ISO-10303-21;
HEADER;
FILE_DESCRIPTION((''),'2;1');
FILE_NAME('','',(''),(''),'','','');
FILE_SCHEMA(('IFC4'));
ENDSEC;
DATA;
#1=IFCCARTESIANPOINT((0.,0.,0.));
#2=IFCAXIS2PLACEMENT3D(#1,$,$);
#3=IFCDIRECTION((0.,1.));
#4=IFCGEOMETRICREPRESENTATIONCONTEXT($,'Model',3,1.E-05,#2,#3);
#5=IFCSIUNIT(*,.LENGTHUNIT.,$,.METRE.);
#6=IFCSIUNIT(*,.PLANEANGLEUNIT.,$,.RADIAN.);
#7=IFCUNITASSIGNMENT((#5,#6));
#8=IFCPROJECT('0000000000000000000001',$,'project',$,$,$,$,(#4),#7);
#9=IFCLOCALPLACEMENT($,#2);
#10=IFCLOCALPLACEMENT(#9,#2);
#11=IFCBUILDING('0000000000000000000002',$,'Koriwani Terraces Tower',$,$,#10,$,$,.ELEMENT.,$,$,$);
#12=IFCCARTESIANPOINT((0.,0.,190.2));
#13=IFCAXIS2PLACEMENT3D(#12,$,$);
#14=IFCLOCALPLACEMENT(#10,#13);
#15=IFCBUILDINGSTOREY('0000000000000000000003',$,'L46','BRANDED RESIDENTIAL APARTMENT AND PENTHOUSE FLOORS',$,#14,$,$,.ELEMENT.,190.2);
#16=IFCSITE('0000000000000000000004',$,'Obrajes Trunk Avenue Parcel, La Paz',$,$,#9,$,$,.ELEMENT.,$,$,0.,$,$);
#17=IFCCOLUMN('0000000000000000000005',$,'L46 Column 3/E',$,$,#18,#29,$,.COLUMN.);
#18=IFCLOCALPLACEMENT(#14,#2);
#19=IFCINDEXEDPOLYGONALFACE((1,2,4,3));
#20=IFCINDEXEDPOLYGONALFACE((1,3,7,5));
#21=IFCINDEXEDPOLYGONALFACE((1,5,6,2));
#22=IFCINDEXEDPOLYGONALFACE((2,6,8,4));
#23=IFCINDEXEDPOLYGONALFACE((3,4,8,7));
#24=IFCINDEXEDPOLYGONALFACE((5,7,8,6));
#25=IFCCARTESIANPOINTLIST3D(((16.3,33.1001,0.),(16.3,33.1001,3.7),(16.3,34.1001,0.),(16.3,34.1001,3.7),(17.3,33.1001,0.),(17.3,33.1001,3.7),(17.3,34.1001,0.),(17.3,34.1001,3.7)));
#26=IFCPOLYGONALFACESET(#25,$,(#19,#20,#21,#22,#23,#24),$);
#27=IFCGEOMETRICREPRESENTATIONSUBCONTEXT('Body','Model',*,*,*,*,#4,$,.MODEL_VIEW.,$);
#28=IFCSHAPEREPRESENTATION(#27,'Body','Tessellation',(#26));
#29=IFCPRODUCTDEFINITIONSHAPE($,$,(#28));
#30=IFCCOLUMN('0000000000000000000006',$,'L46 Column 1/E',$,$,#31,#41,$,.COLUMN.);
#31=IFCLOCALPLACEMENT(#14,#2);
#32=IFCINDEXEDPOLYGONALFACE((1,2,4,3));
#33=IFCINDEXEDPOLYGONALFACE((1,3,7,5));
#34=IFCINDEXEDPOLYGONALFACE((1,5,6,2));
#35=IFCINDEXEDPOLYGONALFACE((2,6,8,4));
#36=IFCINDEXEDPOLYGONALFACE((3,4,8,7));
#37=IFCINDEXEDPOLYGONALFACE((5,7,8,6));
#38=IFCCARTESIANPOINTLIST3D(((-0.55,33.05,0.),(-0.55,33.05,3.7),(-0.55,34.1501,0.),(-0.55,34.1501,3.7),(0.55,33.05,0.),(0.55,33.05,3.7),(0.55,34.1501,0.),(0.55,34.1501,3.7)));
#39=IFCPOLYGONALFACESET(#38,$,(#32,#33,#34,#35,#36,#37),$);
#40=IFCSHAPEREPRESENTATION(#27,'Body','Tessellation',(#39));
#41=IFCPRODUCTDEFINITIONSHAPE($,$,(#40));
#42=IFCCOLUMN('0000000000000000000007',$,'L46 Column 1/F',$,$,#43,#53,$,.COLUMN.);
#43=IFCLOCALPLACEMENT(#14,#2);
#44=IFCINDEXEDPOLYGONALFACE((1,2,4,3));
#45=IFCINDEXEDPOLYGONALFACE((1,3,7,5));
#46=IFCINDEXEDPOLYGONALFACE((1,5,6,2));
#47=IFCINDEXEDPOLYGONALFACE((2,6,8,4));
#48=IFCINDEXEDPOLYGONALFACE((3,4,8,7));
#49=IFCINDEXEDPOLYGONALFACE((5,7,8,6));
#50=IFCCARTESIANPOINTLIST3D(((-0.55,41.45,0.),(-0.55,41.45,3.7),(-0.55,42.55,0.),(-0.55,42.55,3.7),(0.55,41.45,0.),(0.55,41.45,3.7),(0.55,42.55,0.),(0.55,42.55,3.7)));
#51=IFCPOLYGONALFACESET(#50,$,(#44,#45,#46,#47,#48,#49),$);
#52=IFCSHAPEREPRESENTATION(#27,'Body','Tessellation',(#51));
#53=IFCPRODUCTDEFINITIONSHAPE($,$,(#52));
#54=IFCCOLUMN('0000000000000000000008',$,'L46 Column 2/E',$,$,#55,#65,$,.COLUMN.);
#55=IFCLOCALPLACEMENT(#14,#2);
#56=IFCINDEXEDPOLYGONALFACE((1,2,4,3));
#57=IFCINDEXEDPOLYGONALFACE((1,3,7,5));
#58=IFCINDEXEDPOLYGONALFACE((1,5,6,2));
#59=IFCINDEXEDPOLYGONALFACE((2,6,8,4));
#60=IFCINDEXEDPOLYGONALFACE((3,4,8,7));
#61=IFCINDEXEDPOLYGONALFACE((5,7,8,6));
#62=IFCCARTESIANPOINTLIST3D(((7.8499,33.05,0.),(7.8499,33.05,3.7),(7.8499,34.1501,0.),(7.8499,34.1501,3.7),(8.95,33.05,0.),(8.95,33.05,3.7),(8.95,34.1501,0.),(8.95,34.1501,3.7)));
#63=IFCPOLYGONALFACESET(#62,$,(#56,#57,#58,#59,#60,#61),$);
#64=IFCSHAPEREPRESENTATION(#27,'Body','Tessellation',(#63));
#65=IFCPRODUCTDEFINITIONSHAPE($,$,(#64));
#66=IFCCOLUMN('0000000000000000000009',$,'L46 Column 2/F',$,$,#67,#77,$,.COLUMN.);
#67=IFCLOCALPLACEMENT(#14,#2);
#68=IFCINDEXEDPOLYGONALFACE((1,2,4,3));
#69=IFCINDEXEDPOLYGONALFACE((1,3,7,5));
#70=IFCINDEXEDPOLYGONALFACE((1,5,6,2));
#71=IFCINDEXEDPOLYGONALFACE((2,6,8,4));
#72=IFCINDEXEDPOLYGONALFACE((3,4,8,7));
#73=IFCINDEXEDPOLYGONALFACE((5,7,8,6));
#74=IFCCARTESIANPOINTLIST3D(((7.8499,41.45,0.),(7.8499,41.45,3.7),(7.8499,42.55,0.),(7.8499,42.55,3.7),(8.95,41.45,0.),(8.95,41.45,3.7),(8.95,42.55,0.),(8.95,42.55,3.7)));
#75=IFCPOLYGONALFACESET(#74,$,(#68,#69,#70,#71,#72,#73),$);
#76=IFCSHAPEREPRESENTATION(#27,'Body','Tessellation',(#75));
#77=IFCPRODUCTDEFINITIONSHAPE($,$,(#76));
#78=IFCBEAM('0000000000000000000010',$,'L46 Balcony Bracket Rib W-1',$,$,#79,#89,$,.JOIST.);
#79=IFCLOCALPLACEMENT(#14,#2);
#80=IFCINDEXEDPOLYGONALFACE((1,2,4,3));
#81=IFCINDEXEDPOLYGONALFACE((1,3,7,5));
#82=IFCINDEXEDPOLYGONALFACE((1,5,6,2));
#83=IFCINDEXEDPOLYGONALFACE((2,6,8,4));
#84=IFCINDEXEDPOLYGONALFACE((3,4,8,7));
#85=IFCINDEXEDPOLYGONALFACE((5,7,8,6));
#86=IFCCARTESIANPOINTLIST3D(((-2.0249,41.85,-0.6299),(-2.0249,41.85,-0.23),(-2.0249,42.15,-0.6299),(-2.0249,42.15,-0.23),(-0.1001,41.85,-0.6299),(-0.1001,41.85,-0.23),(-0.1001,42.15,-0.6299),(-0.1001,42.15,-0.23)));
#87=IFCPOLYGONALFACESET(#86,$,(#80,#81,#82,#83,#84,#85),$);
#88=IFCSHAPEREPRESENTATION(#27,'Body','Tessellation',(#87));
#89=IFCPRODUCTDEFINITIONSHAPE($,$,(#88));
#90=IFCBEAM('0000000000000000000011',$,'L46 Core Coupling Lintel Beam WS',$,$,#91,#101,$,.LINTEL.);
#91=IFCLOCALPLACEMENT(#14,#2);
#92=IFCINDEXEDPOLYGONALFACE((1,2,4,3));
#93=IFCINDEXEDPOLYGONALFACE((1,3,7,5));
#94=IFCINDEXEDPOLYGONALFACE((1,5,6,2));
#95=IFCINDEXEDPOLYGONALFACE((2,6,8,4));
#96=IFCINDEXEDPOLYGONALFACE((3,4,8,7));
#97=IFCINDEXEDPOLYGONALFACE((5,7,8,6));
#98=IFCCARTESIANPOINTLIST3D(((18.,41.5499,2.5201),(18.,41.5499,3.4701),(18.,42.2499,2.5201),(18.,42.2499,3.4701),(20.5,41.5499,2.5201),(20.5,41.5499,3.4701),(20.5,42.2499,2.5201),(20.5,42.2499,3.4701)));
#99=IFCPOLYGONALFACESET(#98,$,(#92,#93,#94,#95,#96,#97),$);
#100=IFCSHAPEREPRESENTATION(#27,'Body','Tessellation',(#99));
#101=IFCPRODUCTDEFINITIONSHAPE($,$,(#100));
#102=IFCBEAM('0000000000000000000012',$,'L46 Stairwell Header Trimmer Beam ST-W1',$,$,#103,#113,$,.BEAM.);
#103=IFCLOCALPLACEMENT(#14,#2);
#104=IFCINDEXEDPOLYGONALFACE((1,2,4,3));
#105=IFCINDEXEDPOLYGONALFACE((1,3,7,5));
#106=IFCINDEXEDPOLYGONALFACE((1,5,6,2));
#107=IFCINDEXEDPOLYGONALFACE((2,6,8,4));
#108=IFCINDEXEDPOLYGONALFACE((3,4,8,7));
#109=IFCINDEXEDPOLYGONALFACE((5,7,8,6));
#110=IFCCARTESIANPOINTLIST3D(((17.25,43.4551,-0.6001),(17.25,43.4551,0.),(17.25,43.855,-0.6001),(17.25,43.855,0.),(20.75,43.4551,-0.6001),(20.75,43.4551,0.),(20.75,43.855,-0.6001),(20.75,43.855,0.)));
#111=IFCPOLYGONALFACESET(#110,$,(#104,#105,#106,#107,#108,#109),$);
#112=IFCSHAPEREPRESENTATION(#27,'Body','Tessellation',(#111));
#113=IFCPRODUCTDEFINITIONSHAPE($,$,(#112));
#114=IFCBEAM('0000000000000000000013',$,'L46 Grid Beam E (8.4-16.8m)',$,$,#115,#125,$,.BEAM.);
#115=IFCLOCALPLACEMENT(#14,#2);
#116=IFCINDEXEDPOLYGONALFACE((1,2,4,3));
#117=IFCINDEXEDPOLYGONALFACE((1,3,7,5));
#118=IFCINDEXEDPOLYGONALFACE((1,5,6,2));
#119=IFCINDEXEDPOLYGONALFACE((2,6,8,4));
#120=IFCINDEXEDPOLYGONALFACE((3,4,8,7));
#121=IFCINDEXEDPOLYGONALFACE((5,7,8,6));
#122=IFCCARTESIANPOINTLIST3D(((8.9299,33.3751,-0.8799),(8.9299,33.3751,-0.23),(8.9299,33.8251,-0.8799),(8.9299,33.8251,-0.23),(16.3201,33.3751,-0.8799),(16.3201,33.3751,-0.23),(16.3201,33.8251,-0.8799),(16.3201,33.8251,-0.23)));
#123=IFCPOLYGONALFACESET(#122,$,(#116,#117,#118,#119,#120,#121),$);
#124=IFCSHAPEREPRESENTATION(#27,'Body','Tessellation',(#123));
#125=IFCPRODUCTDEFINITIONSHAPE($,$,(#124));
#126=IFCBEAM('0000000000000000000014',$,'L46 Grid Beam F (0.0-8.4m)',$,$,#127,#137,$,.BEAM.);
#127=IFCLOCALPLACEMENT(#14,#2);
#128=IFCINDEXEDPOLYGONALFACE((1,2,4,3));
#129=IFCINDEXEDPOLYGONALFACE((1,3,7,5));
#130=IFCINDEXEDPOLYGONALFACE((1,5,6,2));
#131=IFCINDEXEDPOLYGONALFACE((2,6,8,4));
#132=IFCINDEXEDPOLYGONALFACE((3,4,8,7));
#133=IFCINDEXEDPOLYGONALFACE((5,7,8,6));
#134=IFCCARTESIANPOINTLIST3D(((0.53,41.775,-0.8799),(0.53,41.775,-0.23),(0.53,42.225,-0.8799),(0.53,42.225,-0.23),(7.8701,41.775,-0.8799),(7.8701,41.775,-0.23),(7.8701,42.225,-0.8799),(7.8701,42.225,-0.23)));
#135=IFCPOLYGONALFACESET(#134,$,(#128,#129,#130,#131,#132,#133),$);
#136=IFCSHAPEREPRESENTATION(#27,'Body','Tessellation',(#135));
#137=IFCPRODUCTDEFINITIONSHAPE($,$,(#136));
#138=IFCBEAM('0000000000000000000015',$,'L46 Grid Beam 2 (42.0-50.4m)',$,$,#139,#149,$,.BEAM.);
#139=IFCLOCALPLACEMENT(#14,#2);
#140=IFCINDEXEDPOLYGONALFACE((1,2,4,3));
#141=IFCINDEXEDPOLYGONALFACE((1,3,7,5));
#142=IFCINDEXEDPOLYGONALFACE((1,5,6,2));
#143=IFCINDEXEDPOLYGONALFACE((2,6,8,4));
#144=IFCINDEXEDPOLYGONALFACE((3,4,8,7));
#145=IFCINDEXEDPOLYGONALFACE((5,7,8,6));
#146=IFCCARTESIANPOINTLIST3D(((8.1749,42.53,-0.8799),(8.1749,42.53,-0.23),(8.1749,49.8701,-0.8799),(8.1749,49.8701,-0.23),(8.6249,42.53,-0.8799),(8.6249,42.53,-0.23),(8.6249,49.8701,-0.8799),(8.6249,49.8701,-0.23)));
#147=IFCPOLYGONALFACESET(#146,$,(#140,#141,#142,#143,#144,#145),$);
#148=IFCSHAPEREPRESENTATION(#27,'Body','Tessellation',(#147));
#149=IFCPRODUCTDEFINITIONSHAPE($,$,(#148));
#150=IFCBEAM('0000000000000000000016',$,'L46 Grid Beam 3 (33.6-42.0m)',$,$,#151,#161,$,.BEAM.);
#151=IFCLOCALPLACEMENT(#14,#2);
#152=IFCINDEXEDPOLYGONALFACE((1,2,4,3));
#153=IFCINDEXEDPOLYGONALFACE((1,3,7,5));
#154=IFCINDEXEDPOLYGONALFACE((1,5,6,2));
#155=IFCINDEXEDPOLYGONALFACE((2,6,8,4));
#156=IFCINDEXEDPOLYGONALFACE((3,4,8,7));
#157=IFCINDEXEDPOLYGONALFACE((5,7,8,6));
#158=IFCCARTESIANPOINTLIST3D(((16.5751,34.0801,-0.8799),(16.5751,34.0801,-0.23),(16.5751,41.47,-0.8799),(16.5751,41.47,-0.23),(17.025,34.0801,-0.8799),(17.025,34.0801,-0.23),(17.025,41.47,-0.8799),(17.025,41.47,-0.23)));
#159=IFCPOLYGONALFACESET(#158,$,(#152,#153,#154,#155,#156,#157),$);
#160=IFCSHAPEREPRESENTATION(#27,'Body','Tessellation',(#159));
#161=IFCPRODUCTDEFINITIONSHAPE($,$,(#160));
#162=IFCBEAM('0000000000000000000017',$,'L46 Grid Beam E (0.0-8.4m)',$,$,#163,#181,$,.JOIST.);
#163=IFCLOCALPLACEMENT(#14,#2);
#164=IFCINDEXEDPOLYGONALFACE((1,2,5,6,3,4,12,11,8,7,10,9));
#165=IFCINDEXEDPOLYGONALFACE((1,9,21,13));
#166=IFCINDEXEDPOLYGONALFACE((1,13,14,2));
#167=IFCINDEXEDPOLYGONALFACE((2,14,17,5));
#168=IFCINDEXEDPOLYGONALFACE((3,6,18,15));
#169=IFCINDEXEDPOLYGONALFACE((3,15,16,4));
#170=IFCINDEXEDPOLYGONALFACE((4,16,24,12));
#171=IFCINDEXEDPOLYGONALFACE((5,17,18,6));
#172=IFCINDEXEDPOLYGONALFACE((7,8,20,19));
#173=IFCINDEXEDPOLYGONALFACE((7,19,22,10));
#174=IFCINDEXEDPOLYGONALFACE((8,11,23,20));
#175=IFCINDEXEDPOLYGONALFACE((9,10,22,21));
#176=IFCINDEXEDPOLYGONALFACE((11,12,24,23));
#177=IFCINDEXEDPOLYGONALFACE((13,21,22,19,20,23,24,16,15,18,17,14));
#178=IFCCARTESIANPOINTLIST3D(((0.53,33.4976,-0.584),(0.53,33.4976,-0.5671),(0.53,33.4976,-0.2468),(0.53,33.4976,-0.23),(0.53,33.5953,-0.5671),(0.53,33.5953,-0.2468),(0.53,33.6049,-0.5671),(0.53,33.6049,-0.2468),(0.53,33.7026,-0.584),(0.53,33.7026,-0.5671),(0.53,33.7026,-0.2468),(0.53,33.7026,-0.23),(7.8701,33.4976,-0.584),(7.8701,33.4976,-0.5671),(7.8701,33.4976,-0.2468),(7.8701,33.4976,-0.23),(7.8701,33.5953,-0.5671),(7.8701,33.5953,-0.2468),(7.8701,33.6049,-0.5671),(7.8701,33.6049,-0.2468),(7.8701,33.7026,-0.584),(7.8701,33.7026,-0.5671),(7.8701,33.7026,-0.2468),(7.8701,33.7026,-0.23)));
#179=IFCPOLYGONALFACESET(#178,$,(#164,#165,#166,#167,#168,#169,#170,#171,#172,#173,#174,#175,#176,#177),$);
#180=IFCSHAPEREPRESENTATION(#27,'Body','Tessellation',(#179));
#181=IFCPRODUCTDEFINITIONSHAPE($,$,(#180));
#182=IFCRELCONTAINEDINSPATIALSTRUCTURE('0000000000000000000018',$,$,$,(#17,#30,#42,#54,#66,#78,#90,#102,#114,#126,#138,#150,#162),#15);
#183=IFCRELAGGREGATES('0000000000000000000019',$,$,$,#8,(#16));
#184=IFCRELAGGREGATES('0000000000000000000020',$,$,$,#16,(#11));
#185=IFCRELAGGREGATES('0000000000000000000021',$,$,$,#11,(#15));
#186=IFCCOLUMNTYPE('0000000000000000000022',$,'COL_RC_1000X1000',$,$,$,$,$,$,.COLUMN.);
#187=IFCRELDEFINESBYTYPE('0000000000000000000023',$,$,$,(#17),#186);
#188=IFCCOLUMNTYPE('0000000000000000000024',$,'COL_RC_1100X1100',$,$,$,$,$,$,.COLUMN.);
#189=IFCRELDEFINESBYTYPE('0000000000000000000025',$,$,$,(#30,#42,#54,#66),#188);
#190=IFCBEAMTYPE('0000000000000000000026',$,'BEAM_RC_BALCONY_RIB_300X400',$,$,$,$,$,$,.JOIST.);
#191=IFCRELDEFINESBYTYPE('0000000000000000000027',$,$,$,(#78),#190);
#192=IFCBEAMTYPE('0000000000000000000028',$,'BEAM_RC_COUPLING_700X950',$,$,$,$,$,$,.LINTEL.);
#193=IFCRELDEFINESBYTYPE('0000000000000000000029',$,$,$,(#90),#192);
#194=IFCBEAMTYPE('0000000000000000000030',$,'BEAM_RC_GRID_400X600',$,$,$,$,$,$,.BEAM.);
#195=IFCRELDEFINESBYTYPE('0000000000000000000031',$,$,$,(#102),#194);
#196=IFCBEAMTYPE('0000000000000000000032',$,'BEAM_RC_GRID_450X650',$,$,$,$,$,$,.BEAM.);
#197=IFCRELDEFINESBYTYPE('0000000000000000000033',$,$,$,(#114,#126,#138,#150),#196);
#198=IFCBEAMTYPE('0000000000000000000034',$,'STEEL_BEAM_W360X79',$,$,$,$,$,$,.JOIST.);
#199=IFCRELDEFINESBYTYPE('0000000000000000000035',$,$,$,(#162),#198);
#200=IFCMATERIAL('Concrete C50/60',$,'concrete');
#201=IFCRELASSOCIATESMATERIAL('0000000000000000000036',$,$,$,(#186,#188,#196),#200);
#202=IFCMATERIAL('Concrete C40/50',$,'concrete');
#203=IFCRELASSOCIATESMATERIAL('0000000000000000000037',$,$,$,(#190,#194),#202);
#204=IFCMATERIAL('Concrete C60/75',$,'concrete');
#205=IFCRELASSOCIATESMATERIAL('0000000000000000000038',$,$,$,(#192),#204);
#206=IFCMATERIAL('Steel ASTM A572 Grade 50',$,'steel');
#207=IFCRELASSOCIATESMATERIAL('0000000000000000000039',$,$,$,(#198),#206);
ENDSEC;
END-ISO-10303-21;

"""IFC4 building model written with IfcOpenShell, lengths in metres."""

from ifc_helpers import new_model, si_unit, direction, frame, origin, origin_2d, place, context, subcontext, project, spatial, rectangle, i_section, extrude, material, material_profile, profile_set, type_object, element, save


model = new_model("IFC4")

# Units and contexts
model_context = context("Model", 3, precision=1e-05, world=origin(), true_north=direction((0.0, 1.0)))
body_context = subcontext(model_context, "Body", "Model", "MODEL_VIEW")
ifc_project = project(units=[si_unit("LENGTHUNIT", "METRE"), si_unit("PLANEANGLEUNIT", "RADIAN")], contexts=[model_context])

# Site, building, storey
site_placement = place(None, origin())
site = spatial("IfcSite", under=ifc_project, at=site_placement, Name="Obrajes Trunk Avenue Parcel, La Paz", CompositionType="ELEMENT", RefElevation=0.0)
building_placement = place(site_placement, origin())
building = spatial("IfcBuilding", under=site, at=building_placement, Name="Koriwani Terraces Tower", CompositionType="ELEMENT")
storey_placement = place(building_placement, frame((0.0, 0.0, 190.2)))
storey = spatial("IfcBuildingStorey", under=building, at=storey_placement, Name="L46", Description="BRANDED RESIDENTIAL APARTMENT AND PENTHOUSE FLOORS", CompositionType="ELEMENT", Elevation=190.2)

# Columns
ifc_material_1 = material(Name="Concrete C50/60", Category="concrete")
ifc_material_profile_1 = material_profile(ifc_material_1, rectangle(XDim=1.0, YDim=1.0, at=origin_2d()), Name="Concrete C50/60", Category="LoadBearing")
ifc_profile_set_1 = profile_set([ifc_material_profile_1], Name="Concrete C50/60")
column_type_1 = type_object("IfcColumnType", Name="COL_RC_1000X1000", PredefinedType="COLUMN", material=ifc_profile_set_1)
column_placement = place(storey_placement, frame((16.8, 33.6001, 0.0), z_axis=(0.0, 0.0, 1.0), x_axis=(1.0, 0.0, 0.0)))
element("IfcColumn", 1, at=column_placement, inside=storey, type_object=column_type_1, Name="L46 Column 3/E", PredefinedType="COLUMN", context=body_context, shape_type="SweptSolid", body=[
    extrude(rectangle(XDim=1.0, YDim=1.0, at=origin_2d()), origin(), (0.0, 0.0, 1.0), 3.7),
])
ifc_material_profile_2 = material_profile(ifc_material_1, rectangle(XDim=1.1001, YDim=1.1001, at=origin_2d()), Name="Concrete C50/60", Category="LoadBearing")
ifc_profile_set_2 = profile_set([ifc_material_profile_2], Name="Concrete C50/60")
column_type_2 = type_object("IfcColumnType", Name="COL_RC_1100X1100", PredefinedType="COLUMN", material=ifc_profile_set_2)
for number, where, z_axis, x_axis, name in (
    (2, (0.0, 33.6001, 0.0), (0.0, 0.0, 1.0), (1.0, 0.0, 0.0), "L46 Column 1/E"),
    (3, (0.0, 42.0, 0.0), (0.0, 0.0, 1.0), (1.0, 0.0, 0.0), "L46 Column 1/F"),
    (4, (8.3999, 33.6001, 0.0), (0.0, 0.0, 1.0), (1.0, 0.0, 0.0), "L46 Column 2/E"),
    (5, (8.3999, 42.0, 0.0), (0.0, 0.0, 1.0), (1.0, 0.0, 0.0), "L46 Column 2/F"),
):
    element("IfcColumn", number, at=place(storey_placement, frame(where, z_axis=z_axis, x_axis=x_axis)), inside=storey, type_object=column_type_2, Name=name, PredefinedType="COLUMN", context=body_context, shape_type="SweptSolid", body=[
        extrude(rectangle(XDim=1.1001, YDim=1.1001, at=origin_2d()), origin(), (0.0, 0.0, 1.0), 3.7),
    ])

# Beams
ifc_material_2 = material(Name="Concrete C40/50", Category="concrete")
ifc_material_profile_3 = material_profile(ifc_material_2, rectangle(XDim=0.3, YDim=0.3999, at=origin_2d()), Name="Concrete C40/50", Category="LoadBearing")
ifc_profile_set_3 = profile_set([ifc_material_profile_3], Name="Concrete C40/50")
beam_type_1 = type_object("IfcBeamType", Name="BEAM_RC_BALCONY_RIB_300X400", PredefinedType="JOIST", material=ifc_profile_set_3)
beam_1_placement = place(storey_placement, frame((-2.0249, 42.0, -0.4299), z_axis=(1.0, 0.0, 0.0), x_axis=(0.0, 1.0, 0.0)))
element("IfcBeam", 6, at=beam_1_placement, inside=storey, type_object=beam_type_1, Name="L46 Balcony Bracket Rib W-1", PredefinedType="JOIST", context=body_context, shape_type="SweptSolid", body=[
    extrude(rectangle(XDim=0.3, YDim=0.3999, at=origin_2d()), origin(), (0.0, 0.0, 1.0), 1.9248),
])
ifc_material_3 = material(Name="Concrete C60/75", Category="concrete")
ifc_material_profile_4 = material_profile(ifc_material_3, rectangle(XDim=0.7, YDim=0.95, at=origin_2d()), Name="Concrete C60/75", Category="LoadBearing")
ifc_profile_set_4 = profile_set([ifc_material_profile_4], Name="Concrete C60/75")
beam_type_2 = type_object("IfcBeamType", Name="BEAM_RC_COUPLING_700X950", PredefinedType="LINTEL", material=ifc_profile_set_4)
beam_2_placement = place(storey_placement, frame((18.0, 41.8999, 2.9951), z_axis=(1.0, 0.0, 0.0), x_axis=(0.0, 1.0, 0.0)))
element("IfcBeam", 7, at=beam_2_placement, inside=storey, type_object=beam_type_2, Name="L46 Core Coupling Lintel Beam WS", PredefinedType="LINTEL", context=body_context, shape_type="SweptSolid", body=[
    extrude(rectangle(XDim=0.7, YDim=0.95, at=origin_2d()), origin(), (0.0, 0.0, 1.0), 2.5),
])
ifc_material_profile_5 = material_profile(ifc_material_2, rectangle(XDim=0.3999, YDim=0.6001, at=origin_2d()), Name="Concrete C40/50", Category="LoadBearing")
ifc_profile_set_5 = profile_set([ifc_material_profile_5], Name="Concrete C40/50")
beam_type_3 = type_object("IfcBeamType", Name="BEAM_RC_GRID_400X600", PredefinedType="BEAM", material=ifc_profile_set_5)
beam_3_placement = place(storey_placement, frame((17.25, 43.655, -0.3), z_axis=(1.0, 0.0, 0.0), x_axis=(0.0, 1.0, 0.0)))
element("IfcBeam", 8, at=beam_3_placement, inside=storey, type_object=beam_type_3, Name="L46 Stairwell Header Trimmer Beam ST-W1", PredefinedType="BEAM", context=body_context, shape_type="SweptSolid", body=[
    extrude(rectangle(XDim=0.3999, YDim=0.6001, at=origin_2d()), origin(), (0.0, 0.0, 1.0), 3.5),
])
ifc_material_profile_6 = material_profile(ifc_material_1, rectangle(XDim=0.45, YDim=0.6499, at=origin_2d()), Name="Concrete C50/60", Category="LoadBearing")
ifc_profile_set_6 = profile_set([ifc_material_profile_6], Name="Concrete C50/60")
beam_type_4 = type_object("IfcBeamType", Name="BEAM_RC_GRID_450X650", PredefinedType="BEAM", material=ifc_profile_set_6)
beam_4_placement = place(storey_placement, frame((8.9299, 33.6001, -0.5549), z_axis=(1.0, 0.0, 0.0), x_axis=(0.0, 1.0, 0.0)))
element("IfcBeam", 9, at=beam_4_placement, inside=storey, type_object=beam_type_4, Name="L46 Grid Beam E (8.4-16.8m)", PredefinedType="BEAM", context=body_context, shape_type="SweptSolid", body=[
    extrude(rectangle(XDim=0.45, YDim=0.6499, at=origin_2d()), origin(), (0.0, 0.0, 1.0), 7.3901),
])
for number, where, z_axis, x_axis, name in (
    (10, (0.53, 42.0, -0.5549), (1.0, 0.0, 0.0), (0.0, 1.0, 0.0), "L46 Grid Beam F (0.0-8.4m)"),
    (11, (8.3999, 42.53, -0.5549), (0.0, 1.0, 0.0), (-1.0, 0.0, 0.0), "L46 Grid Beam 2 (42.0-50.4m)"),
):
    element("IfcBeam", number, at=place(storey_placement, frame(where, z_axis=z_axis, x_axis=x_axis)), inside=storey, type_object=beam_type_4, Name=name, PredefinedType="BEAM", context=body_context, shape_type="SweptSolid", body=[
        extrude(rectangle(XDim=0.45, YDim=0.6499, at=origin_2d()), origin(), (0.0, 0.0, 1.0), 7.3401),
    ])
beam_5_placement = place(storey_placement, frame((16.8, 34.0801, -0.5549), z_axis=(0.0, 1.0, 0.0), x_axis=(-1.0, 0.0, 0.0)))
element("IfcBeam", 12, at=beam_5_placement, inside=storey, type_object=beam_type_4, Name="L46 Grid Beam 3 (33.6-42.0m)", PredefinedType="BEAM", context=body_context, shape_type="SweptSolid", body=[
    extrude(rectangle(XDim=0.45, YDim=0.6499, at=origin_2d()), origin(), (0.0, 0.0, 1.0), 7.3899),
])
ifc_material_4 = material(Name="Steel ASTM A572 Grade 50", Category="steel")
ifc_material_profile_7 = material_profile(ifc_material_4, i_section(OverallWidth=0.2051, OverallDepth=0.354, WebThickness=0.0095, FlangeThickness=0.0168, at=origin_2d()), Name="Steel ASTM A572 Grade 50", Category="LoadBearing")
ifc_profile_set_7 = profile_set([ifc_material_profile_7], Name="Steel ASTM A572 Grade 50")
beam_type_5 = type_object("IfcBeamType", Name="STEEL_BEAM_W360X79", PredefinedType="JOIST", material=ifc_profile_set_7)
beam_6_placement = place(storey_placement, frame((0.53, 33.6001, -0.407), z_axis=(1.0, 0.0, 0.0), x_axis=(0.0, 1.0, 0.0)))
element("IfcBeam", 13, at=beam_6_placement, inside=storey, type_object=beam_type_5, Name="L46 Grid Beam E (0.0-8.4m)", PredefinedType="JOIST", context=body_context, shape_type="SweptSolid", body=[
    extrude(i_section(OverallWidth=0.2051, OverallDepth=0.354, WebThickness=0.0095, FlangeThickness=0.0168, at=origin_2d()), origin(), (0.0, 0.0, 1.0), 7.3401),
])

save(model, "model.ifc")
